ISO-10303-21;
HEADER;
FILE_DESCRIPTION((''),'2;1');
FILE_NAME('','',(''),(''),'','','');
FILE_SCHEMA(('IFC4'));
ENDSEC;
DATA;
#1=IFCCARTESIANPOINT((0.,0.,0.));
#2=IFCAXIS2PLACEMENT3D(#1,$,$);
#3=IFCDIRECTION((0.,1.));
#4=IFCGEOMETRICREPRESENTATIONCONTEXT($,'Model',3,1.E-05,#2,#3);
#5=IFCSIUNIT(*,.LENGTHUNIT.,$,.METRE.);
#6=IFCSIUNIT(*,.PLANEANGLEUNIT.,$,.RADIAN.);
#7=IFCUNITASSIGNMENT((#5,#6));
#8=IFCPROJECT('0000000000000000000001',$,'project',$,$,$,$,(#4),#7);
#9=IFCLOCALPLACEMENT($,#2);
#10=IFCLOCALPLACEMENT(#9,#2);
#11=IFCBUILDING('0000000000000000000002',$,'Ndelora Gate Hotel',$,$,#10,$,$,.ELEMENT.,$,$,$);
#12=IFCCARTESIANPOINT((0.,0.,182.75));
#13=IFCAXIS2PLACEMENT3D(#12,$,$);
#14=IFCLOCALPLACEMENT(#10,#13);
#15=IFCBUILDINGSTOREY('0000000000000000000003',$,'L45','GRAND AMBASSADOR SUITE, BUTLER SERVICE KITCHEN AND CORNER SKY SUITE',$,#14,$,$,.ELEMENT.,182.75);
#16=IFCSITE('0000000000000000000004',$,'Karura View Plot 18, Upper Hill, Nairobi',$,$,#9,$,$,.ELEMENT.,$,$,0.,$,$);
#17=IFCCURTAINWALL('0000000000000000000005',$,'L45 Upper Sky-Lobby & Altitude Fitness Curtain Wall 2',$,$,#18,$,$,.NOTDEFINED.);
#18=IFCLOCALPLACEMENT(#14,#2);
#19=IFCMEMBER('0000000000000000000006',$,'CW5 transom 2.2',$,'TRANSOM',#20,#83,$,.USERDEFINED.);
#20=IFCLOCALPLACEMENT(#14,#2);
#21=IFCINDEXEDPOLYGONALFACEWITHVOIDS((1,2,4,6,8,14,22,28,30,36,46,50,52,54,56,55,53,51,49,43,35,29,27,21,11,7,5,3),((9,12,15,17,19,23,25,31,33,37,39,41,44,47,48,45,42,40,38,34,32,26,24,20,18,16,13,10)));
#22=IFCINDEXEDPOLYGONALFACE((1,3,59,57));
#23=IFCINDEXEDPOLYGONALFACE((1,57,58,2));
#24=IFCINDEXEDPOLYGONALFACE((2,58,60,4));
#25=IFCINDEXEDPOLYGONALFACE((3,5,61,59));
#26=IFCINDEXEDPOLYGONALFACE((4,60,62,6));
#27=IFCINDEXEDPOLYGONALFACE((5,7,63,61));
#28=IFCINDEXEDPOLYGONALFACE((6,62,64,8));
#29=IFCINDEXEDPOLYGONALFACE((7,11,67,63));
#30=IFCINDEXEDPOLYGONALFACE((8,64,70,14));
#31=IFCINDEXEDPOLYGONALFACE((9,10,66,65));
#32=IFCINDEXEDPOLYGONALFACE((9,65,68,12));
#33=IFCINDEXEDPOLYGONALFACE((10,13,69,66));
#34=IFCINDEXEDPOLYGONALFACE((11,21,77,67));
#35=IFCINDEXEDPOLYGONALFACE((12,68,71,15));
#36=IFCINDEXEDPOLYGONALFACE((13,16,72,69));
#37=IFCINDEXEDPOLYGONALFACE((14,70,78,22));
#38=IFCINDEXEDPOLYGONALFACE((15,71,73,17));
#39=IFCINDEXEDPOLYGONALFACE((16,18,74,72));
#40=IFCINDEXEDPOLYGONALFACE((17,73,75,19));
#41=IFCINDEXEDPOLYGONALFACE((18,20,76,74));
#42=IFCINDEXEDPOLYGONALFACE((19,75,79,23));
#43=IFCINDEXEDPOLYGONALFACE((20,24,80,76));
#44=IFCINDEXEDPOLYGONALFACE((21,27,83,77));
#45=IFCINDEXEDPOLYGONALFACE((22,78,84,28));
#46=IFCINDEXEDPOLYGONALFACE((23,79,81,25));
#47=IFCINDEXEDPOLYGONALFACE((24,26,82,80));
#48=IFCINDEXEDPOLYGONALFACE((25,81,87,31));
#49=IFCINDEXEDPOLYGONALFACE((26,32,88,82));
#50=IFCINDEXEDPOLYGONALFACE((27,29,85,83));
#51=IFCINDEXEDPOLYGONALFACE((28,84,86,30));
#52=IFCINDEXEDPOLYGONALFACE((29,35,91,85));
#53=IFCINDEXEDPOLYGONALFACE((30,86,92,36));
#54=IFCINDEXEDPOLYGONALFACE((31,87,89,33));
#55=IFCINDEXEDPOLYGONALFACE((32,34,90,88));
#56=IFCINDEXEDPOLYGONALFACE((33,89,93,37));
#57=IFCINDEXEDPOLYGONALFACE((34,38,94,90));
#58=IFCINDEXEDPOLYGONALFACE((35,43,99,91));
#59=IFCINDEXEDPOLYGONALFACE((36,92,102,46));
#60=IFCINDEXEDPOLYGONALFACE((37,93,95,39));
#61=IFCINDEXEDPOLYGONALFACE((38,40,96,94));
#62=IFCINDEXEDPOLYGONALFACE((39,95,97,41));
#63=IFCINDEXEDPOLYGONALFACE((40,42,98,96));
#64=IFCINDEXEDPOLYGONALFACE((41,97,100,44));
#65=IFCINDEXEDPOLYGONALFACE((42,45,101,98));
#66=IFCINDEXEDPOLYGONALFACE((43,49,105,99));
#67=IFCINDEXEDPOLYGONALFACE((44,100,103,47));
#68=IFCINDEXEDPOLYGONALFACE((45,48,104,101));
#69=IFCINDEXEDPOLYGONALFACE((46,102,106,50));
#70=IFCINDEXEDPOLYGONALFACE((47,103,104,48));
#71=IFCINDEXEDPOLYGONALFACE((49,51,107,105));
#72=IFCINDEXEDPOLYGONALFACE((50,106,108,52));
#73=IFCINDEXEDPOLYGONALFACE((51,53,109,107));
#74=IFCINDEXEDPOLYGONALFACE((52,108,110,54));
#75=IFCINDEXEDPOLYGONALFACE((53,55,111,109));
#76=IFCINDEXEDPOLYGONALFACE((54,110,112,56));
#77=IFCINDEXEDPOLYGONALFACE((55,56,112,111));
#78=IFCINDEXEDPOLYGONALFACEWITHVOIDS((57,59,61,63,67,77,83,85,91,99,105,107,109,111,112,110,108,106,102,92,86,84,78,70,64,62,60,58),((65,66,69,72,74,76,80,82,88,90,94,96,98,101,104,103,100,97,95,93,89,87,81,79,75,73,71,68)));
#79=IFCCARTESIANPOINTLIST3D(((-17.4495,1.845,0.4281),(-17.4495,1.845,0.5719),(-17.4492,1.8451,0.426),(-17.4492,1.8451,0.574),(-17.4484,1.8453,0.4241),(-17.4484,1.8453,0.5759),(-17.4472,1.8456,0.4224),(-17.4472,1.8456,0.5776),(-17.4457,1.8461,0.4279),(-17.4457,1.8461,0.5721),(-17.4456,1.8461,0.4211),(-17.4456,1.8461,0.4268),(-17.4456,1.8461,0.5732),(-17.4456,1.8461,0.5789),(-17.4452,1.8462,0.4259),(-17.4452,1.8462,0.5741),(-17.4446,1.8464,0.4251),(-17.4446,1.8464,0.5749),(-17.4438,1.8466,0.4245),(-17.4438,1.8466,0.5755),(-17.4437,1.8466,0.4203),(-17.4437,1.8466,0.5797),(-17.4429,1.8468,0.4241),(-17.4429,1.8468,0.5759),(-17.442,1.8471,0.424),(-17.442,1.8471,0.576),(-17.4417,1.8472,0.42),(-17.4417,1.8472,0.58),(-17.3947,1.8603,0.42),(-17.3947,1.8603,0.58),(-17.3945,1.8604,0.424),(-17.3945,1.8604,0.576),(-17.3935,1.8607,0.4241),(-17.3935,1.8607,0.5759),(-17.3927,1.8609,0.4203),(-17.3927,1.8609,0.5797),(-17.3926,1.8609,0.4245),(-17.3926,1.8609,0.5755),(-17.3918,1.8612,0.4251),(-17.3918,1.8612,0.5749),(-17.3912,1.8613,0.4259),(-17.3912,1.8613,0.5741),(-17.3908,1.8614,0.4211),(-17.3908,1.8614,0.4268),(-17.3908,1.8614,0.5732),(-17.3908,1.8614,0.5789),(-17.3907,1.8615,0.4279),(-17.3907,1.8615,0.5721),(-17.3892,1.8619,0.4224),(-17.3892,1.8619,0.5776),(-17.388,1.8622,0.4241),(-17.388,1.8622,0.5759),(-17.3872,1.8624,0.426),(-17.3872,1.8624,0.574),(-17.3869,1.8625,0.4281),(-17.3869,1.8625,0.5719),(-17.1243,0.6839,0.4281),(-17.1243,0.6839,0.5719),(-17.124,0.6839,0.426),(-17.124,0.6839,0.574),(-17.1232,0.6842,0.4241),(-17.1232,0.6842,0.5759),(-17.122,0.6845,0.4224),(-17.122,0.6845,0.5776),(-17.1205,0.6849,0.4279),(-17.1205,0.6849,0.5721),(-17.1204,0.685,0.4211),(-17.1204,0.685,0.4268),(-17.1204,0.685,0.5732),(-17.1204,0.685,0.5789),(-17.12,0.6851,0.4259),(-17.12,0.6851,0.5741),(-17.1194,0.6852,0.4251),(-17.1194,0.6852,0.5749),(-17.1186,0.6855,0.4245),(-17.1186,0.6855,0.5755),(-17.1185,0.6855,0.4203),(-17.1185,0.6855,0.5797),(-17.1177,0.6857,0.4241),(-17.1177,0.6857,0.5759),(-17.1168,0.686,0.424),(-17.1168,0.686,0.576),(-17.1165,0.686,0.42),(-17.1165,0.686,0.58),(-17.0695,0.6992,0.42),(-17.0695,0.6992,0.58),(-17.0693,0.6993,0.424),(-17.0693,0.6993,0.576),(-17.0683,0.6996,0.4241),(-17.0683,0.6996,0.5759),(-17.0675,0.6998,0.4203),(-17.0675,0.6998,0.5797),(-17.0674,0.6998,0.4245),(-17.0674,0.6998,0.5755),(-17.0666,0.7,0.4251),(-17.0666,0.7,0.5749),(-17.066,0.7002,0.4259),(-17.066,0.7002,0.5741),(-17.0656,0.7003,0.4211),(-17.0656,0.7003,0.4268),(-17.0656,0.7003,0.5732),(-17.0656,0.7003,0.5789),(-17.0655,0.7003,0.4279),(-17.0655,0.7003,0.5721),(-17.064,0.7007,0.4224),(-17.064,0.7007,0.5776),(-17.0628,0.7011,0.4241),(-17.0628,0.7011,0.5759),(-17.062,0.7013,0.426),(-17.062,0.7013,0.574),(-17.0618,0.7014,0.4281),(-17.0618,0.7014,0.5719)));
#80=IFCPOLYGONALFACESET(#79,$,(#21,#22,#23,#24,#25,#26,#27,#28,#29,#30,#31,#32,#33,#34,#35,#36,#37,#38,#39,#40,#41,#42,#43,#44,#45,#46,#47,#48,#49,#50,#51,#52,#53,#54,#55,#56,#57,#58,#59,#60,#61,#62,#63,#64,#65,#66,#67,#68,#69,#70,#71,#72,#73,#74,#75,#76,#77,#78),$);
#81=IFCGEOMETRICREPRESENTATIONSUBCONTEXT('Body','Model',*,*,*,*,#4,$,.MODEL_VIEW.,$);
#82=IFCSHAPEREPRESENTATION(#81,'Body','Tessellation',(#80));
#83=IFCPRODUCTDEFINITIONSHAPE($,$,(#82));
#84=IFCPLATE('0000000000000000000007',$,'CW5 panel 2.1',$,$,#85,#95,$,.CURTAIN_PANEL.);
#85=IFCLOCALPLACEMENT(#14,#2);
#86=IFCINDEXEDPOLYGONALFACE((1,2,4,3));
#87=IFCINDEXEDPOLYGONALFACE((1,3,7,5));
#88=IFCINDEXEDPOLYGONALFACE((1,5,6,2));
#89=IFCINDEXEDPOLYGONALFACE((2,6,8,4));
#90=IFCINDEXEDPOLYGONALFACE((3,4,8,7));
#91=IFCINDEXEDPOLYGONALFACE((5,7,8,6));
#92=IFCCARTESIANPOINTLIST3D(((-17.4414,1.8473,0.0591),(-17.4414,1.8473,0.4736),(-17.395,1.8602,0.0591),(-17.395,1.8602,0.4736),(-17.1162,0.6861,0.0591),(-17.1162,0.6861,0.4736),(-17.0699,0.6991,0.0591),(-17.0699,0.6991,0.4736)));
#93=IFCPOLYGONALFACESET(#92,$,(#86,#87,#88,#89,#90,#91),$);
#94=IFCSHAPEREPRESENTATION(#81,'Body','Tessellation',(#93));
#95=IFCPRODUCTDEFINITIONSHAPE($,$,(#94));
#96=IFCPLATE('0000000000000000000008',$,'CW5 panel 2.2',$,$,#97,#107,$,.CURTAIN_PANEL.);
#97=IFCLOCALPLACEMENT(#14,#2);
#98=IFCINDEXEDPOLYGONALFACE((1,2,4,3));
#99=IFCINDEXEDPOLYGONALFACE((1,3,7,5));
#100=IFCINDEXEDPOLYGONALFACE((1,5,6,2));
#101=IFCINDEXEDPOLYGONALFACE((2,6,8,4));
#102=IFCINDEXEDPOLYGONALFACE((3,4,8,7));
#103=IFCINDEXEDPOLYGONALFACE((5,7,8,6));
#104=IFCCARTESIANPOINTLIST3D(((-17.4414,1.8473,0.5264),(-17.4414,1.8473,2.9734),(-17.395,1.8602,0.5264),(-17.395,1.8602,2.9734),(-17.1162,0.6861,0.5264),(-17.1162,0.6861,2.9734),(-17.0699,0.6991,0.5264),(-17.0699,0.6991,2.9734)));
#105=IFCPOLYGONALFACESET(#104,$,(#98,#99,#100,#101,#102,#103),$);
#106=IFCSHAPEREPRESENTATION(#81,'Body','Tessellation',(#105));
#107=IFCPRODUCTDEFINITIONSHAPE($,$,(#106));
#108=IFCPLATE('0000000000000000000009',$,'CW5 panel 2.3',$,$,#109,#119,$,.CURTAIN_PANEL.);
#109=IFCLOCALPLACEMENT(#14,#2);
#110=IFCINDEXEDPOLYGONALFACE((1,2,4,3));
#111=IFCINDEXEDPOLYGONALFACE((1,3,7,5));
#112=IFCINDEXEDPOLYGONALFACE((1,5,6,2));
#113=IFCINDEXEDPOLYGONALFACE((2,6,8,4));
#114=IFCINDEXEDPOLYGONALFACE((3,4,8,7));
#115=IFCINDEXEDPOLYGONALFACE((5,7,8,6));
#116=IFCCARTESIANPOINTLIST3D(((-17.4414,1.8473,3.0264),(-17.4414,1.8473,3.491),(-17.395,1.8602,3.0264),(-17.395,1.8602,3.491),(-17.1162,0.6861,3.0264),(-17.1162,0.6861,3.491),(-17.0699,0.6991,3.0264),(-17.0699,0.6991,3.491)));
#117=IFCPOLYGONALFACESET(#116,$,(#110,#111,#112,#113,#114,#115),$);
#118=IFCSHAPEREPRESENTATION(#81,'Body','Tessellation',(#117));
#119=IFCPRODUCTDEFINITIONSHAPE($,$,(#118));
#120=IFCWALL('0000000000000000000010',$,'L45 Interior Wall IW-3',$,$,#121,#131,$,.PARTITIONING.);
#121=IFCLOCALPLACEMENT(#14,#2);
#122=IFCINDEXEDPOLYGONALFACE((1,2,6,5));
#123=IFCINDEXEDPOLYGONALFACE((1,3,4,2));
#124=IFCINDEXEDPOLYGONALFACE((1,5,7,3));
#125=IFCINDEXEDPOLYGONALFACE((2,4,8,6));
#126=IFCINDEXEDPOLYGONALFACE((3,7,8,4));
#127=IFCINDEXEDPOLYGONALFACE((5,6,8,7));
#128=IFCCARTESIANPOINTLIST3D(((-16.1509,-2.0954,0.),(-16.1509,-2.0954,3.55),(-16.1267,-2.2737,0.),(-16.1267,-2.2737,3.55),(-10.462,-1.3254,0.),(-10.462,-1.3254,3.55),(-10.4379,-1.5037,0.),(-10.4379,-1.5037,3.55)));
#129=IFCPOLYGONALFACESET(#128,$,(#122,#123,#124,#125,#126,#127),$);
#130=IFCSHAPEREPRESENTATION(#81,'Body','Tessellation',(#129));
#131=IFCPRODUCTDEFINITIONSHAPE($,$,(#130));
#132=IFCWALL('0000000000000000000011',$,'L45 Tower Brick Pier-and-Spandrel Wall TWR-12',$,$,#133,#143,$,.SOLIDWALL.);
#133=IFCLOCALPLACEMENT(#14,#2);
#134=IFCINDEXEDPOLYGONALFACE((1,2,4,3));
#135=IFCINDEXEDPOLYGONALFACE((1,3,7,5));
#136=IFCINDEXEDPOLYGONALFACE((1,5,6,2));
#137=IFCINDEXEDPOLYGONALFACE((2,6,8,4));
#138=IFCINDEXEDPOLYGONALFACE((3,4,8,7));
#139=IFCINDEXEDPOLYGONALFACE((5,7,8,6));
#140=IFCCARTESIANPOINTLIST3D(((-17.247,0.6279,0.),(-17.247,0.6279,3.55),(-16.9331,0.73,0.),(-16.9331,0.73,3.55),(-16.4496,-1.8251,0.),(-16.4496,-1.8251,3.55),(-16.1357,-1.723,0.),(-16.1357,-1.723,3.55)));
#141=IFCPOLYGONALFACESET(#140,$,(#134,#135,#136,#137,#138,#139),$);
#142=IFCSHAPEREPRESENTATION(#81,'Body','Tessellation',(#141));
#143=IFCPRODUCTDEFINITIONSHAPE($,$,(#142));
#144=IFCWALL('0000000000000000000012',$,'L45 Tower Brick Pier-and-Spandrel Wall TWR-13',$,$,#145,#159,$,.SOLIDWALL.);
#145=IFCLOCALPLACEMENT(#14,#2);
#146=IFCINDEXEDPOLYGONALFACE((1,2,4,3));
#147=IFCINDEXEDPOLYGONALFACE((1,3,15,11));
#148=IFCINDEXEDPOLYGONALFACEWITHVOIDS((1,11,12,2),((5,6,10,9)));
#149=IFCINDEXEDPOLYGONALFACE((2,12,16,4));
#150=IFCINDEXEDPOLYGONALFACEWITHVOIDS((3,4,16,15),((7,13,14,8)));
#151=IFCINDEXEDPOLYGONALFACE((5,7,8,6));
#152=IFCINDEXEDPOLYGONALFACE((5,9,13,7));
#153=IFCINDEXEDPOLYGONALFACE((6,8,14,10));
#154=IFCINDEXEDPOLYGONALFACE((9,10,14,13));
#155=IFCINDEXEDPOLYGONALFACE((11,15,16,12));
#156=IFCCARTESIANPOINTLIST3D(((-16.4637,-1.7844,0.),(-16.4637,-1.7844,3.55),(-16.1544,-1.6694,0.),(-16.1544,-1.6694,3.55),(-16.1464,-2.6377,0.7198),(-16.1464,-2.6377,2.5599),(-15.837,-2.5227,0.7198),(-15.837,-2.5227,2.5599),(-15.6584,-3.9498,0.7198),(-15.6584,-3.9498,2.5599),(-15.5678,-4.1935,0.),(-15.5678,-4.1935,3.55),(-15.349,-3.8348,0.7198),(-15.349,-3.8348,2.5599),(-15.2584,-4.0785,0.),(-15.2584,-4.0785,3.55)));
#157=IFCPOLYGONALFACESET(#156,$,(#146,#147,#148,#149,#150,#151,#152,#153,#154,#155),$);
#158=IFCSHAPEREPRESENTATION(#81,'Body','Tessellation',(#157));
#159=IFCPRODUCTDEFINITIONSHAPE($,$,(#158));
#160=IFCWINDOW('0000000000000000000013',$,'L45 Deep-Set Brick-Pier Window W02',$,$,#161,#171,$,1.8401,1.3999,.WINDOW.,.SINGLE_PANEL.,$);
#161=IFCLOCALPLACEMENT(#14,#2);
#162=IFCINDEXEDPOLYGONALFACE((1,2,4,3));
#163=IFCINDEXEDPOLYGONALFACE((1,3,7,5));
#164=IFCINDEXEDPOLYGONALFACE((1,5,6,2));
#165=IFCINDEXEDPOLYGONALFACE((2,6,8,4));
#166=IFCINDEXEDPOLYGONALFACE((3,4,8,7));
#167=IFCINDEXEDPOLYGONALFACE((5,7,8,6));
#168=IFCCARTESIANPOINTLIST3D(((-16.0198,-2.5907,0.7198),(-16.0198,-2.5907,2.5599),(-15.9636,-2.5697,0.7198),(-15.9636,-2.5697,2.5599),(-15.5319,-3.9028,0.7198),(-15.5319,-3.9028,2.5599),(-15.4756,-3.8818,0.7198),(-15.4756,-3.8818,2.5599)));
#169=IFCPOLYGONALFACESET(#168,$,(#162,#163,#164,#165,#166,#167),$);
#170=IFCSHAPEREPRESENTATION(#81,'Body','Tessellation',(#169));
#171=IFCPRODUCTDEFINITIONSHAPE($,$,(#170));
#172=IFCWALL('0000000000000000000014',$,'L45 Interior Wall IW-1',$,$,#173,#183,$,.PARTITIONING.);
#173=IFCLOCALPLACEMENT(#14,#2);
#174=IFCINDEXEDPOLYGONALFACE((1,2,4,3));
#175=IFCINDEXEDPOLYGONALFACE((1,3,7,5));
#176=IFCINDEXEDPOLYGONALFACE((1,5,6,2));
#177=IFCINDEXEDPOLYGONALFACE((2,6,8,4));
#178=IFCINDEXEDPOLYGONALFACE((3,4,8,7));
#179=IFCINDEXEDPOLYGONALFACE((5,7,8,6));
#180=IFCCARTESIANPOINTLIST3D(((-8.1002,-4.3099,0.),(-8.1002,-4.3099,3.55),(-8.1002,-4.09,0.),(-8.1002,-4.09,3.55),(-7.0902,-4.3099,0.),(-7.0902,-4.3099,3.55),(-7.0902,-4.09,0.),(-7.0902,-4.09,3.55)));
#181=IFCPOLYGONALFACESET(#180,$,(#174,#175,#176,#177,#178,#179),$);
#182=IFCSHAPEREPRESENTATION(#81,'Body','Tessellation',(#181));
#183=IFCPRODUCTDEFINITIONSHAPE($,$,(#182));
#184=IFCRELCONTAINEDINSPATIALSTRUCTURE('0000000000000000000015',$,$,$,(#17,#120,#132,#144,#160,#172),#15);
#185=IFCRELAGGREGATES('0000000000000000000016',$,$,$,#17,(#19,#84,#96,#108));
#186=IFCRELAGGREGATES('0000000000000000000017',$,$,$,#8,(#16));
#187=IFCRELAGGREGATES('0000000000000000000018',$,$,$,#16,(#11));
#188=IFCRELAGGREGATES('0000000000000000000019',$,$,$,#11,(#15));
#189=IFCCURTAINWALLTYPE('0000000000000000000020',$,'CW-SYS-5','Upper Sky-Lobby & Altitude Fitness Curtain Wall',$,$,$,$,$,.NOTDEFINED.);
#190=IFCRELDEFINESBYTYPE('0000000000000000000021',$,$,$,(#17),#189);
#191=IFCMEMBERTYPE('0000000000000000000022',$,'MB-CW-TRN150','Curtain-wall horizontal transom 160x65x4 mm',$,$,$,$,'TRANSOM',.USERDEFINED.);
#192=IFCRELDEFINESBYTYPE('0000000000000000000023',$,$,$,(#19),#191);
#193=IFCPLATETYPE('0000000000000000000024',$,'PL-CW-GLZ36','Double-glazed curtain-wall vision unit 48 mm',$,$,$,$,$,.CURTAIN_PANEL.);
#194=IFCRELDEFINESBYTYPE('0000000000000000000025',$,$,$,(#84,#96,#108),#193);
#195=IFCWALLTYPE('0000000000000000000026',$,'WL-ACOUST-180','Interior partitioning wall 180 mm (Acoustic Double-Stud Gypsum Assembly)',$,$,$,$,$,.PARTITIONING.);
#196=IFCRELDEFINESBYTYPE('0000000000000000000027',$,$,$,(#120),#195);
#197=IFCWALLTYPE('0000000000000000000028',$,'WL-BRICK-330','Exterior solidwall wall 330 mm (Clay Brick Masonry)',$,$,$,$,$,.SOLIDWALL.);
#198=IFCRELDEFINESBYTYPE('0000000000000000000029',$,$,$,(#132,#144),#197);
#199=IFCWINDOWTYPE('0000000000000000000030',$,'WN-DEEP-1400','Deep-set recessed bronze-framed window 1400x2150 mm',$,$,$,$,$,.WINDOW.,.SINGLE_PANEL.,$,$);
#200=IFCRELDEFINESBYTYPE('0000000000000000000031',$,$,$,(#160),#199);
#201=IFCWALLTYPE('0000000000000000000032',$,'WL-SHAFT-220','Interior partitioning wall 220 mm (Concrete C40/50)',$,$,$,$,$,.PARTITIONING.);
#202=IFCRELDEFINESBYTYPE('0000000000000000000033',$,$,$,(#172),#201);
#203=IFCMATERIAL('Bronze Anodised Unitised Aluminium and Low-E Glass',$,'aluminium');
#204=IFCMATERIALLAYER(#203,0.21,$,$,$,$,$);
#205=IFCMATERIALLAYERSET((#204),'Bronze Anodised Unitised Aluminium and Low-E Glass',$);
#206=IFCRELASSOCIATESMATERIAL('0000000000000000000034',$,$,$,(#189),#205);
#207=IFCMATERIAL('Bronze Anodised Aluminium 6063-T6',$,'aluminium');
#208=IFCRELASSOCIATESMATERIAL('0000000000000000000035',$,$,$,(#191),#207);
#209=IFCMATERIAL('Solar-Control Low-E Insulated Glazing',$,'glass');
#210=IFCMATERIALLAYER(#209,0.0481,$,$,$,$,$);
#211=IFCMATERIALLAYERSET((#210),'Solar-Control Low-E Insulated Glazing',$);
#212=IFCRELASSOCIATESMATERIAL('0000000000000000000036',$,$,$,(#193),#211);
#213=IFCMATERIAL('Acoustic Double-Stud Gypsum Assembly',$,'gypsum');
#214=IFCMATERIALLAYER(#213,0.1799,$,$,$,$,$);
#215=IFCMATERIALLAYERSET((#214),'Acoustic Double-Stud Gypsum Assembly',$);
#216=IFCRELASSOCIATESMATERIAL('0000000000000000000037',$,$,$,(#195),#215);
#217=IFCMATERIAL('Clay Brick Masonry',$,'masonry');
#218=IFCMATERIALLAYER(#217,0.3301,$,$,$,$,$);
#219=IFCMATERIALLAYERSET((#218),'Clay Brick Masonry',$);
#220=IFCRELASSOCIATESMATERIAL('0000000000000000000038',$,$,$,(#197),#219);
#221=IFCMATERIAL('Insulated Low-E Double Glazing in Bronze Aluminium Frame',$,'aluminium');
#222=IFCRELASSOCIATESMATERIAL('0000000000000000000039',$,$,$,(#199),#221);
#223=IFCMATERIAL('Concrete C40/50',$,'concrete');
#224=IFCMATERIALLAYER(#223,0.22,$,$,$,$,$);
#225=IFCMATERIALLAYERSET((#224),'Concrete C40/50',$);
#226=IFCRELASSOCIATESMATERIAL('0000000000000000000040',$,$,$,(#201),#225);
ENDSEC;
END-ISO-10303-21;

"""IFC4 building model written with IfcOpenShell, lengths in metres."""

from ifc_helpers import new_model, si_unit, direction, frame, frame_2d, origin, origin_2d, place, context, subcontext, project, spatial, rectangle, hollow_rectangle, extrude, material, layer, layer_set, material_profile, profile_set, type_object, element, fill, aggregate, save


model = new_model("IFC4")

# Units and contexts
model_context = context("Model", 3, precision=1e-05, world=origin(), true_north=direction((0.0, 1.0)))
body_context = subcontext(model_context, "Body", "Model", "MODEL_VIEW")
ifc_project = project(units=[si_unit("LENGTHUNIT", "METRE"), si_unit("PLANEANGLEUNIT", "RADIAN")], contexts=[model_context])

# Site, building, storey
site_placement = place(None, origin())
site = spatial("IfcSite", under=ifc_project, at=site_placement, Name="Karura View Plot 18, Upper Hill, Nairobi", CompositionType="ELEMENT", RefElevation=0.0)
building_placement = place(site_placement, origin())
building = spatial("IfcBuilding", under=site, at=building_placement, Name="Ndelora Gate Hotel", CompositionType="ELEMENT")
storey_placement = place(building_placement, frame((0.0, 0.0, 182.75)))
storey = spatial("IfcBuildingStorey", under=building, at=storey_placement, Name="L45", Description="GRAND AMBASSADOR SUITE, BUTLER SERVICE KITCHEN AND CORNER SKY SUITE", CompositionType="ELEMENT", Elevation=182.75)

# Curtain wall, member, plates
ifc_material_1 = material(Name="Bronze Anodised Unitised Aluminium and Low-E Glass", Category="aluminium")
ifc_layer_1 = layer(ifc_material_1, 0.21)
ifc_layer_set_1 = layer_set([ifc_layer_1], Name="Bronze Anodised Unitised Aluminium and Low-E Glass")
curtain_wall_type = type_object("IfcCurtainWallType", Name="CW-SYS-5", Description="Upper Sky-Lobby & Altitude Fitness Curtain Wall", PredefinedType="NOTDEFINED", material=ifc_layer_set_1)
curtain_wall_placement = place(storey_placement, origin())
curtain_wall = element("IfcCurtainWall", 1, at=curtain_wall_placement, inside=storey, type_object=curtain_wall_type, Name="L45 Upper Sky-Lobby & Altitude Fitness Curtain Wall 2", PredefinedType="NOTDEFINED")
ifc_material_2 = material(Name="Bronze Anodised Aluminium 6063-T6", Category="aluminium")
ifc_material_profile_1 = material_profile(ifc_material_2, hollow_rectangle(XDim=0.0649, YDim=0.1599, WallThickness=0.0039, InnerFilletRadius=0.0039, OuterFilletRadius=0.0081, at=origin_2d()), Name="ALU 160x65x4")
ifc_profile_set_1 = profile_set([ifc_material_profile_1], Name="Bronze Anodised Aluminium 6063-T6")
member_type_1 = type_object("IfcMemberType", Name="MB-CW-TRN150", Description="Curtain-wall horizontal transom 160x65x4 mm", ElementType="TRANSOM", PredefinedType="USERDEFINED", material=ifc_profile_set_1)
member_1_placement = place(storey_placement, frame((-17.4182, 1.8538, 0.5), z_axis=(0.26969, -0.962947, 0.0), x_axis=(0.962947, 0.26969, 0.0)))
member_1 = element("IfcMember", 2, at=member_1_placement, type_object=member_type_1, Name="CW5 transom 2.2", ObjectType="TRANSOM", PredefinedType="USERDEFINED", context=body_context, shape_type="SweptSolid", body=[
    extrude(hollow_rectangle(XDim=0.0649, YDim=0.1599, WallThickness=0.0039, InnerFilletRadius=0.0039, OuterFilletRadius=0.0081, at=origin_2d()), origin(), (0.0, 0.0, 1.0), 1.2058),
])
ifc_material_3 = material(Name="Solar-Control Low-E Insulated Glazing", Category="glass")
ifc_layer_2 = layer(ifc_material_3, 0.0481)
ifc_layer_set_2 = layer_set([ifc_layer_2], Name="Solar-Control Low-E Insulated Glazing")
plate_type = type_object("IfcPlateType", Name="PL-CW-GLZ36", Description="Double-glazed curtain-wall vision unit 48 mm", PredefinedType="CURTAIN_PANEL", material=ifc_layer_set_2)
plate_1_placement = place(storey_placement, frame((-17.2556, 1.2732, 0.0591), z_axis=(0.0, 0.0, 1.0), x_axis=(0.26968, -0.96295, 0.0)))
plate_1 = element("IfcPlate", 3, at=plate_1_placement, type_object=plate_type, Name="CW5 panel 2.1", PredefinedType="CURTAIN_PANEL", context=body_context, shape_type="SweptSolid", body=[
    extrude(rectangle(XDim=1.2058, YDim=0.0481, at=origin_2d()), origin(), (0.0, 0.0, 1.0), 0.4146),
])
plate_2_placement = place(storey_placement, frame((-17.2556, 1.2732, 0.5264), z_axis=(0.0, 0.0, 1.0), x_axis=(0.26968, -0.96295, 0.0)))
plate_2 = element("IfcPlate", 4, at=plate_2_placement, type_object=plate_type, Name="CW5 panel 2.2", PredefinedType="CURTAIN_PANEL", context=body_context, shape_type="SweptSolid", body=[
    extrude(rectangle(XDim=1.2058, YDim=0.0481, at=origin_2d()), origin(), (0.0, 0.0, 1.0), 2.447),
])
plate_3_placement = place(storey_placement, frame((-17.2556, 1.2732, 3.0264), z_axis=(0.0, 0.0, 1.0), x_axis=(0.26968, -0.96295, 0.0)))
plate_3 = element("IfcPlate", 5, at=plate_3_placement, type_object=plate_type, Name="CW5 panel 2.3", PredefinedType="CURTAIN_PANEL", context=body_context, shape_type="SweptSolid", body=[
    extrude(rectangle(XDim=1.2058, YDim=0.0481, at=origin_2d()), origin(), (0.0, 0.0, 1.0), 0.4646),
])
aggregate(curtain_wall, [member_1, plate_1, plate_2, plate_3])

# Walls
ifc_material_4 = material(Name="Acoustic Double-Stud Gypsum Assembly", Category="gypsum")
ifc_layer_3 = layer(ifc_material_4, 0.1799)
ifc_layer_set_3 = layer_set([ifc_layer_3], Name="Acoustic Double-Stud Gypsum Assembly")
wall_type_1 = type_object("IfcWallType", Name="WL-ACOUST-180", Description="Interior partitioning wall 180 mm (Acoustic Double-Stud Gypsum Assembly)", PredefinedType="PARTITIONING", material=ifc_layer_set_3)
wall_1_placement = place(storey_placement, frame((-10.45, -1.4146, 0.0), z_axis=(0.0, 0.0, 1.0), x_axis=(-0.990964, -0.13413, 0.0)))
element("IfcWall", 6, at=wall_1_placement, inside=storey, type_object=wall_type_1, Name="L45 Interior Wall IW-3", PredefinedType="PARTITIONING", context=body_context, shape_type="SweptSolid", body=[
    extrude(rectangle(XDim=5.7407, YDim=0.1799, at=frame_2d((2.8704, 0.0))), origin(), (0.0, 0.0, 1.0), 3.55),
])
ifc_material_5 = material(Name="Clay Brick Masonry", Category="masonry")
ifc_layer_4 = layer(ifc_material_5, 0.3301)
ifc_layer_set_4 = layer_set([ifc_layer_4], Name="Clay Brick Masonry")
wall_type_2 = type_object("IfcWallType", Name="WL-BRICK-330", Description="Exterior solidwall wall 330 mm (Clay Brick Masonry)", PredefinedType="SOLIDWALL", material=ifc_layer_set_4)
wall_2_placement = place(storey_placement, frame((-16.2927, -1.7739, 0.0), z_axis=(0.0, 0.0, 1.0), x_axis=(-0.309148, 0.951014, 0.0)))
element("IfcWall", 7, at=wall_2_placement, inside=storey, type_object=wall_type_2, Name="L45 Tower Brick Pier-and-Spandrel Wall TWR-12", PredefinedType="SOLIDWALL", context=body_context, shape_type="SweptSolid", body=[
    extrude(rectangle(XDim=2.5793, YDim=0.3301, at=frame_2d((1.2896, 0.0))), origin(), (0.0, 0.0, 1.0), 3.55),
])

# Wall, opening, window
wall_3_placement = place(storey_placement, frame((-15.4131, -4.136, 0.0), z_axis=(0.0, 0.0, 1.0), x_axis=(-0.348582, 0.937278, 0.0)))
wall_3 = element("IfcWall", 8, at=wall_3_placement, inside=storey, type_object=wall_type_2, Name="L45 Tower Brick Pier-and-Spandrel Wall TWR-13", PredefinedType="SOLIDWALL", context=body_context, shape_type="SweptSolid", body=[
    extrude(rectangle(XDim=2.5703, YDim=0.3301, at=frame_2d((1.2852, 0.0))), origin(), (0.0, 0.0, 1.0), 3.55),
])
opening_1_placement = place(wall_3_placement, frame((0.26, 0.0, 0.72)))
opening_1 = element("IfcOpeningElement", 9, at=opening_1_placement, cuts=wall_3, PredefinedType="OPENING", context=body_context, shape_type="SweptSolid", body=[
    extrude(rectangle(XDim=1.3999, YDim=1.8401, at=frame_2d((0.7, 0.9199))), frame((0.0, 0.175, 0.0), z_axis=(0.0, -1.0, 0.0), x_axis=(1.0, 0.0, 0.0)), (0.0, 0.0, 1.0), 0.3501),
])
ifc_material_6 = material(Name="Insulated Low-E Double Glazing in Bronze Aluminium Frame", Category="aluminium")
window_type = type_object("IfcWindowType", Name="WN-DEEP-1400", Description="Deep-set recessed bronze-framed window 1400x2150 mm", PartitioningType="SINGLE_PANEL", PredefinedType="WINDOW", material=ifc_material_6)
window_placement = place(opening_1_placement, origin())
window = element("IfcWindow", 10, at=window_placement, inside=storey, type_object=window_type, Name="L45 Deep-Set Brick-Pier Window W02", OverallHeight=1.8401, OverallWidth=1.3999, PartitioningType="SINGLE_PANEL", PredefinedType="WINDOW", context=body_context, shape_type="SweptSolid", body=[
    extrude(rectangle(XDim=1.3999, YDim=1.8401, at=frame_2d((0.7, 0.9199))), frame((0.0, 0.03, 0.0), z_axis=(0.0, -1.0, 0.0), x_axis=(1.0, 0.0, 0.0)), (0.0, 0.0, 1.0), 0.0601),
])
fill(opening_1, window)

# Shared definitions
ifc_material_7 = material(Name="Concrete C40/50", Category="concrete")

# Wall
ifc_layer_5 = layer(ifc_material_7, 0.22)
ifc_layer_set_5 = layer_set([ifc_layer_5], Name="Concrete C40/50")
wall_type_3 = type_object("IfcWallType", Name="WL-SHAFT-220", Description="Interior partitioning wall 220 mm (Concrete C40/50)", PredefinedType="PARTITIONING", material=ifc_layer_set_5)
wall_4_placement = place(storey_placement, frame((-8.1001, -4.2, 0.0), z_axis=(0.0, 0.0, 1.0), x_axis=(1.0, 0.0, 0.0)))
element("IfcWall", 11, at=wall_4_placement, inside=storey, type_object=wall_type_3, Name="L45 Interior Wall IW-1", PredefinedType="PARTITIONING", context=body_context, shape_type="SweptSolid", body=[
    extrude(rectangle(XDim=1.01, YDim=0.22, at=frame_2d((0.5049, 0.0))), origin(), (0.0, 0.0, 1.0), 3.55),
])

save(model, "model.ifc")
